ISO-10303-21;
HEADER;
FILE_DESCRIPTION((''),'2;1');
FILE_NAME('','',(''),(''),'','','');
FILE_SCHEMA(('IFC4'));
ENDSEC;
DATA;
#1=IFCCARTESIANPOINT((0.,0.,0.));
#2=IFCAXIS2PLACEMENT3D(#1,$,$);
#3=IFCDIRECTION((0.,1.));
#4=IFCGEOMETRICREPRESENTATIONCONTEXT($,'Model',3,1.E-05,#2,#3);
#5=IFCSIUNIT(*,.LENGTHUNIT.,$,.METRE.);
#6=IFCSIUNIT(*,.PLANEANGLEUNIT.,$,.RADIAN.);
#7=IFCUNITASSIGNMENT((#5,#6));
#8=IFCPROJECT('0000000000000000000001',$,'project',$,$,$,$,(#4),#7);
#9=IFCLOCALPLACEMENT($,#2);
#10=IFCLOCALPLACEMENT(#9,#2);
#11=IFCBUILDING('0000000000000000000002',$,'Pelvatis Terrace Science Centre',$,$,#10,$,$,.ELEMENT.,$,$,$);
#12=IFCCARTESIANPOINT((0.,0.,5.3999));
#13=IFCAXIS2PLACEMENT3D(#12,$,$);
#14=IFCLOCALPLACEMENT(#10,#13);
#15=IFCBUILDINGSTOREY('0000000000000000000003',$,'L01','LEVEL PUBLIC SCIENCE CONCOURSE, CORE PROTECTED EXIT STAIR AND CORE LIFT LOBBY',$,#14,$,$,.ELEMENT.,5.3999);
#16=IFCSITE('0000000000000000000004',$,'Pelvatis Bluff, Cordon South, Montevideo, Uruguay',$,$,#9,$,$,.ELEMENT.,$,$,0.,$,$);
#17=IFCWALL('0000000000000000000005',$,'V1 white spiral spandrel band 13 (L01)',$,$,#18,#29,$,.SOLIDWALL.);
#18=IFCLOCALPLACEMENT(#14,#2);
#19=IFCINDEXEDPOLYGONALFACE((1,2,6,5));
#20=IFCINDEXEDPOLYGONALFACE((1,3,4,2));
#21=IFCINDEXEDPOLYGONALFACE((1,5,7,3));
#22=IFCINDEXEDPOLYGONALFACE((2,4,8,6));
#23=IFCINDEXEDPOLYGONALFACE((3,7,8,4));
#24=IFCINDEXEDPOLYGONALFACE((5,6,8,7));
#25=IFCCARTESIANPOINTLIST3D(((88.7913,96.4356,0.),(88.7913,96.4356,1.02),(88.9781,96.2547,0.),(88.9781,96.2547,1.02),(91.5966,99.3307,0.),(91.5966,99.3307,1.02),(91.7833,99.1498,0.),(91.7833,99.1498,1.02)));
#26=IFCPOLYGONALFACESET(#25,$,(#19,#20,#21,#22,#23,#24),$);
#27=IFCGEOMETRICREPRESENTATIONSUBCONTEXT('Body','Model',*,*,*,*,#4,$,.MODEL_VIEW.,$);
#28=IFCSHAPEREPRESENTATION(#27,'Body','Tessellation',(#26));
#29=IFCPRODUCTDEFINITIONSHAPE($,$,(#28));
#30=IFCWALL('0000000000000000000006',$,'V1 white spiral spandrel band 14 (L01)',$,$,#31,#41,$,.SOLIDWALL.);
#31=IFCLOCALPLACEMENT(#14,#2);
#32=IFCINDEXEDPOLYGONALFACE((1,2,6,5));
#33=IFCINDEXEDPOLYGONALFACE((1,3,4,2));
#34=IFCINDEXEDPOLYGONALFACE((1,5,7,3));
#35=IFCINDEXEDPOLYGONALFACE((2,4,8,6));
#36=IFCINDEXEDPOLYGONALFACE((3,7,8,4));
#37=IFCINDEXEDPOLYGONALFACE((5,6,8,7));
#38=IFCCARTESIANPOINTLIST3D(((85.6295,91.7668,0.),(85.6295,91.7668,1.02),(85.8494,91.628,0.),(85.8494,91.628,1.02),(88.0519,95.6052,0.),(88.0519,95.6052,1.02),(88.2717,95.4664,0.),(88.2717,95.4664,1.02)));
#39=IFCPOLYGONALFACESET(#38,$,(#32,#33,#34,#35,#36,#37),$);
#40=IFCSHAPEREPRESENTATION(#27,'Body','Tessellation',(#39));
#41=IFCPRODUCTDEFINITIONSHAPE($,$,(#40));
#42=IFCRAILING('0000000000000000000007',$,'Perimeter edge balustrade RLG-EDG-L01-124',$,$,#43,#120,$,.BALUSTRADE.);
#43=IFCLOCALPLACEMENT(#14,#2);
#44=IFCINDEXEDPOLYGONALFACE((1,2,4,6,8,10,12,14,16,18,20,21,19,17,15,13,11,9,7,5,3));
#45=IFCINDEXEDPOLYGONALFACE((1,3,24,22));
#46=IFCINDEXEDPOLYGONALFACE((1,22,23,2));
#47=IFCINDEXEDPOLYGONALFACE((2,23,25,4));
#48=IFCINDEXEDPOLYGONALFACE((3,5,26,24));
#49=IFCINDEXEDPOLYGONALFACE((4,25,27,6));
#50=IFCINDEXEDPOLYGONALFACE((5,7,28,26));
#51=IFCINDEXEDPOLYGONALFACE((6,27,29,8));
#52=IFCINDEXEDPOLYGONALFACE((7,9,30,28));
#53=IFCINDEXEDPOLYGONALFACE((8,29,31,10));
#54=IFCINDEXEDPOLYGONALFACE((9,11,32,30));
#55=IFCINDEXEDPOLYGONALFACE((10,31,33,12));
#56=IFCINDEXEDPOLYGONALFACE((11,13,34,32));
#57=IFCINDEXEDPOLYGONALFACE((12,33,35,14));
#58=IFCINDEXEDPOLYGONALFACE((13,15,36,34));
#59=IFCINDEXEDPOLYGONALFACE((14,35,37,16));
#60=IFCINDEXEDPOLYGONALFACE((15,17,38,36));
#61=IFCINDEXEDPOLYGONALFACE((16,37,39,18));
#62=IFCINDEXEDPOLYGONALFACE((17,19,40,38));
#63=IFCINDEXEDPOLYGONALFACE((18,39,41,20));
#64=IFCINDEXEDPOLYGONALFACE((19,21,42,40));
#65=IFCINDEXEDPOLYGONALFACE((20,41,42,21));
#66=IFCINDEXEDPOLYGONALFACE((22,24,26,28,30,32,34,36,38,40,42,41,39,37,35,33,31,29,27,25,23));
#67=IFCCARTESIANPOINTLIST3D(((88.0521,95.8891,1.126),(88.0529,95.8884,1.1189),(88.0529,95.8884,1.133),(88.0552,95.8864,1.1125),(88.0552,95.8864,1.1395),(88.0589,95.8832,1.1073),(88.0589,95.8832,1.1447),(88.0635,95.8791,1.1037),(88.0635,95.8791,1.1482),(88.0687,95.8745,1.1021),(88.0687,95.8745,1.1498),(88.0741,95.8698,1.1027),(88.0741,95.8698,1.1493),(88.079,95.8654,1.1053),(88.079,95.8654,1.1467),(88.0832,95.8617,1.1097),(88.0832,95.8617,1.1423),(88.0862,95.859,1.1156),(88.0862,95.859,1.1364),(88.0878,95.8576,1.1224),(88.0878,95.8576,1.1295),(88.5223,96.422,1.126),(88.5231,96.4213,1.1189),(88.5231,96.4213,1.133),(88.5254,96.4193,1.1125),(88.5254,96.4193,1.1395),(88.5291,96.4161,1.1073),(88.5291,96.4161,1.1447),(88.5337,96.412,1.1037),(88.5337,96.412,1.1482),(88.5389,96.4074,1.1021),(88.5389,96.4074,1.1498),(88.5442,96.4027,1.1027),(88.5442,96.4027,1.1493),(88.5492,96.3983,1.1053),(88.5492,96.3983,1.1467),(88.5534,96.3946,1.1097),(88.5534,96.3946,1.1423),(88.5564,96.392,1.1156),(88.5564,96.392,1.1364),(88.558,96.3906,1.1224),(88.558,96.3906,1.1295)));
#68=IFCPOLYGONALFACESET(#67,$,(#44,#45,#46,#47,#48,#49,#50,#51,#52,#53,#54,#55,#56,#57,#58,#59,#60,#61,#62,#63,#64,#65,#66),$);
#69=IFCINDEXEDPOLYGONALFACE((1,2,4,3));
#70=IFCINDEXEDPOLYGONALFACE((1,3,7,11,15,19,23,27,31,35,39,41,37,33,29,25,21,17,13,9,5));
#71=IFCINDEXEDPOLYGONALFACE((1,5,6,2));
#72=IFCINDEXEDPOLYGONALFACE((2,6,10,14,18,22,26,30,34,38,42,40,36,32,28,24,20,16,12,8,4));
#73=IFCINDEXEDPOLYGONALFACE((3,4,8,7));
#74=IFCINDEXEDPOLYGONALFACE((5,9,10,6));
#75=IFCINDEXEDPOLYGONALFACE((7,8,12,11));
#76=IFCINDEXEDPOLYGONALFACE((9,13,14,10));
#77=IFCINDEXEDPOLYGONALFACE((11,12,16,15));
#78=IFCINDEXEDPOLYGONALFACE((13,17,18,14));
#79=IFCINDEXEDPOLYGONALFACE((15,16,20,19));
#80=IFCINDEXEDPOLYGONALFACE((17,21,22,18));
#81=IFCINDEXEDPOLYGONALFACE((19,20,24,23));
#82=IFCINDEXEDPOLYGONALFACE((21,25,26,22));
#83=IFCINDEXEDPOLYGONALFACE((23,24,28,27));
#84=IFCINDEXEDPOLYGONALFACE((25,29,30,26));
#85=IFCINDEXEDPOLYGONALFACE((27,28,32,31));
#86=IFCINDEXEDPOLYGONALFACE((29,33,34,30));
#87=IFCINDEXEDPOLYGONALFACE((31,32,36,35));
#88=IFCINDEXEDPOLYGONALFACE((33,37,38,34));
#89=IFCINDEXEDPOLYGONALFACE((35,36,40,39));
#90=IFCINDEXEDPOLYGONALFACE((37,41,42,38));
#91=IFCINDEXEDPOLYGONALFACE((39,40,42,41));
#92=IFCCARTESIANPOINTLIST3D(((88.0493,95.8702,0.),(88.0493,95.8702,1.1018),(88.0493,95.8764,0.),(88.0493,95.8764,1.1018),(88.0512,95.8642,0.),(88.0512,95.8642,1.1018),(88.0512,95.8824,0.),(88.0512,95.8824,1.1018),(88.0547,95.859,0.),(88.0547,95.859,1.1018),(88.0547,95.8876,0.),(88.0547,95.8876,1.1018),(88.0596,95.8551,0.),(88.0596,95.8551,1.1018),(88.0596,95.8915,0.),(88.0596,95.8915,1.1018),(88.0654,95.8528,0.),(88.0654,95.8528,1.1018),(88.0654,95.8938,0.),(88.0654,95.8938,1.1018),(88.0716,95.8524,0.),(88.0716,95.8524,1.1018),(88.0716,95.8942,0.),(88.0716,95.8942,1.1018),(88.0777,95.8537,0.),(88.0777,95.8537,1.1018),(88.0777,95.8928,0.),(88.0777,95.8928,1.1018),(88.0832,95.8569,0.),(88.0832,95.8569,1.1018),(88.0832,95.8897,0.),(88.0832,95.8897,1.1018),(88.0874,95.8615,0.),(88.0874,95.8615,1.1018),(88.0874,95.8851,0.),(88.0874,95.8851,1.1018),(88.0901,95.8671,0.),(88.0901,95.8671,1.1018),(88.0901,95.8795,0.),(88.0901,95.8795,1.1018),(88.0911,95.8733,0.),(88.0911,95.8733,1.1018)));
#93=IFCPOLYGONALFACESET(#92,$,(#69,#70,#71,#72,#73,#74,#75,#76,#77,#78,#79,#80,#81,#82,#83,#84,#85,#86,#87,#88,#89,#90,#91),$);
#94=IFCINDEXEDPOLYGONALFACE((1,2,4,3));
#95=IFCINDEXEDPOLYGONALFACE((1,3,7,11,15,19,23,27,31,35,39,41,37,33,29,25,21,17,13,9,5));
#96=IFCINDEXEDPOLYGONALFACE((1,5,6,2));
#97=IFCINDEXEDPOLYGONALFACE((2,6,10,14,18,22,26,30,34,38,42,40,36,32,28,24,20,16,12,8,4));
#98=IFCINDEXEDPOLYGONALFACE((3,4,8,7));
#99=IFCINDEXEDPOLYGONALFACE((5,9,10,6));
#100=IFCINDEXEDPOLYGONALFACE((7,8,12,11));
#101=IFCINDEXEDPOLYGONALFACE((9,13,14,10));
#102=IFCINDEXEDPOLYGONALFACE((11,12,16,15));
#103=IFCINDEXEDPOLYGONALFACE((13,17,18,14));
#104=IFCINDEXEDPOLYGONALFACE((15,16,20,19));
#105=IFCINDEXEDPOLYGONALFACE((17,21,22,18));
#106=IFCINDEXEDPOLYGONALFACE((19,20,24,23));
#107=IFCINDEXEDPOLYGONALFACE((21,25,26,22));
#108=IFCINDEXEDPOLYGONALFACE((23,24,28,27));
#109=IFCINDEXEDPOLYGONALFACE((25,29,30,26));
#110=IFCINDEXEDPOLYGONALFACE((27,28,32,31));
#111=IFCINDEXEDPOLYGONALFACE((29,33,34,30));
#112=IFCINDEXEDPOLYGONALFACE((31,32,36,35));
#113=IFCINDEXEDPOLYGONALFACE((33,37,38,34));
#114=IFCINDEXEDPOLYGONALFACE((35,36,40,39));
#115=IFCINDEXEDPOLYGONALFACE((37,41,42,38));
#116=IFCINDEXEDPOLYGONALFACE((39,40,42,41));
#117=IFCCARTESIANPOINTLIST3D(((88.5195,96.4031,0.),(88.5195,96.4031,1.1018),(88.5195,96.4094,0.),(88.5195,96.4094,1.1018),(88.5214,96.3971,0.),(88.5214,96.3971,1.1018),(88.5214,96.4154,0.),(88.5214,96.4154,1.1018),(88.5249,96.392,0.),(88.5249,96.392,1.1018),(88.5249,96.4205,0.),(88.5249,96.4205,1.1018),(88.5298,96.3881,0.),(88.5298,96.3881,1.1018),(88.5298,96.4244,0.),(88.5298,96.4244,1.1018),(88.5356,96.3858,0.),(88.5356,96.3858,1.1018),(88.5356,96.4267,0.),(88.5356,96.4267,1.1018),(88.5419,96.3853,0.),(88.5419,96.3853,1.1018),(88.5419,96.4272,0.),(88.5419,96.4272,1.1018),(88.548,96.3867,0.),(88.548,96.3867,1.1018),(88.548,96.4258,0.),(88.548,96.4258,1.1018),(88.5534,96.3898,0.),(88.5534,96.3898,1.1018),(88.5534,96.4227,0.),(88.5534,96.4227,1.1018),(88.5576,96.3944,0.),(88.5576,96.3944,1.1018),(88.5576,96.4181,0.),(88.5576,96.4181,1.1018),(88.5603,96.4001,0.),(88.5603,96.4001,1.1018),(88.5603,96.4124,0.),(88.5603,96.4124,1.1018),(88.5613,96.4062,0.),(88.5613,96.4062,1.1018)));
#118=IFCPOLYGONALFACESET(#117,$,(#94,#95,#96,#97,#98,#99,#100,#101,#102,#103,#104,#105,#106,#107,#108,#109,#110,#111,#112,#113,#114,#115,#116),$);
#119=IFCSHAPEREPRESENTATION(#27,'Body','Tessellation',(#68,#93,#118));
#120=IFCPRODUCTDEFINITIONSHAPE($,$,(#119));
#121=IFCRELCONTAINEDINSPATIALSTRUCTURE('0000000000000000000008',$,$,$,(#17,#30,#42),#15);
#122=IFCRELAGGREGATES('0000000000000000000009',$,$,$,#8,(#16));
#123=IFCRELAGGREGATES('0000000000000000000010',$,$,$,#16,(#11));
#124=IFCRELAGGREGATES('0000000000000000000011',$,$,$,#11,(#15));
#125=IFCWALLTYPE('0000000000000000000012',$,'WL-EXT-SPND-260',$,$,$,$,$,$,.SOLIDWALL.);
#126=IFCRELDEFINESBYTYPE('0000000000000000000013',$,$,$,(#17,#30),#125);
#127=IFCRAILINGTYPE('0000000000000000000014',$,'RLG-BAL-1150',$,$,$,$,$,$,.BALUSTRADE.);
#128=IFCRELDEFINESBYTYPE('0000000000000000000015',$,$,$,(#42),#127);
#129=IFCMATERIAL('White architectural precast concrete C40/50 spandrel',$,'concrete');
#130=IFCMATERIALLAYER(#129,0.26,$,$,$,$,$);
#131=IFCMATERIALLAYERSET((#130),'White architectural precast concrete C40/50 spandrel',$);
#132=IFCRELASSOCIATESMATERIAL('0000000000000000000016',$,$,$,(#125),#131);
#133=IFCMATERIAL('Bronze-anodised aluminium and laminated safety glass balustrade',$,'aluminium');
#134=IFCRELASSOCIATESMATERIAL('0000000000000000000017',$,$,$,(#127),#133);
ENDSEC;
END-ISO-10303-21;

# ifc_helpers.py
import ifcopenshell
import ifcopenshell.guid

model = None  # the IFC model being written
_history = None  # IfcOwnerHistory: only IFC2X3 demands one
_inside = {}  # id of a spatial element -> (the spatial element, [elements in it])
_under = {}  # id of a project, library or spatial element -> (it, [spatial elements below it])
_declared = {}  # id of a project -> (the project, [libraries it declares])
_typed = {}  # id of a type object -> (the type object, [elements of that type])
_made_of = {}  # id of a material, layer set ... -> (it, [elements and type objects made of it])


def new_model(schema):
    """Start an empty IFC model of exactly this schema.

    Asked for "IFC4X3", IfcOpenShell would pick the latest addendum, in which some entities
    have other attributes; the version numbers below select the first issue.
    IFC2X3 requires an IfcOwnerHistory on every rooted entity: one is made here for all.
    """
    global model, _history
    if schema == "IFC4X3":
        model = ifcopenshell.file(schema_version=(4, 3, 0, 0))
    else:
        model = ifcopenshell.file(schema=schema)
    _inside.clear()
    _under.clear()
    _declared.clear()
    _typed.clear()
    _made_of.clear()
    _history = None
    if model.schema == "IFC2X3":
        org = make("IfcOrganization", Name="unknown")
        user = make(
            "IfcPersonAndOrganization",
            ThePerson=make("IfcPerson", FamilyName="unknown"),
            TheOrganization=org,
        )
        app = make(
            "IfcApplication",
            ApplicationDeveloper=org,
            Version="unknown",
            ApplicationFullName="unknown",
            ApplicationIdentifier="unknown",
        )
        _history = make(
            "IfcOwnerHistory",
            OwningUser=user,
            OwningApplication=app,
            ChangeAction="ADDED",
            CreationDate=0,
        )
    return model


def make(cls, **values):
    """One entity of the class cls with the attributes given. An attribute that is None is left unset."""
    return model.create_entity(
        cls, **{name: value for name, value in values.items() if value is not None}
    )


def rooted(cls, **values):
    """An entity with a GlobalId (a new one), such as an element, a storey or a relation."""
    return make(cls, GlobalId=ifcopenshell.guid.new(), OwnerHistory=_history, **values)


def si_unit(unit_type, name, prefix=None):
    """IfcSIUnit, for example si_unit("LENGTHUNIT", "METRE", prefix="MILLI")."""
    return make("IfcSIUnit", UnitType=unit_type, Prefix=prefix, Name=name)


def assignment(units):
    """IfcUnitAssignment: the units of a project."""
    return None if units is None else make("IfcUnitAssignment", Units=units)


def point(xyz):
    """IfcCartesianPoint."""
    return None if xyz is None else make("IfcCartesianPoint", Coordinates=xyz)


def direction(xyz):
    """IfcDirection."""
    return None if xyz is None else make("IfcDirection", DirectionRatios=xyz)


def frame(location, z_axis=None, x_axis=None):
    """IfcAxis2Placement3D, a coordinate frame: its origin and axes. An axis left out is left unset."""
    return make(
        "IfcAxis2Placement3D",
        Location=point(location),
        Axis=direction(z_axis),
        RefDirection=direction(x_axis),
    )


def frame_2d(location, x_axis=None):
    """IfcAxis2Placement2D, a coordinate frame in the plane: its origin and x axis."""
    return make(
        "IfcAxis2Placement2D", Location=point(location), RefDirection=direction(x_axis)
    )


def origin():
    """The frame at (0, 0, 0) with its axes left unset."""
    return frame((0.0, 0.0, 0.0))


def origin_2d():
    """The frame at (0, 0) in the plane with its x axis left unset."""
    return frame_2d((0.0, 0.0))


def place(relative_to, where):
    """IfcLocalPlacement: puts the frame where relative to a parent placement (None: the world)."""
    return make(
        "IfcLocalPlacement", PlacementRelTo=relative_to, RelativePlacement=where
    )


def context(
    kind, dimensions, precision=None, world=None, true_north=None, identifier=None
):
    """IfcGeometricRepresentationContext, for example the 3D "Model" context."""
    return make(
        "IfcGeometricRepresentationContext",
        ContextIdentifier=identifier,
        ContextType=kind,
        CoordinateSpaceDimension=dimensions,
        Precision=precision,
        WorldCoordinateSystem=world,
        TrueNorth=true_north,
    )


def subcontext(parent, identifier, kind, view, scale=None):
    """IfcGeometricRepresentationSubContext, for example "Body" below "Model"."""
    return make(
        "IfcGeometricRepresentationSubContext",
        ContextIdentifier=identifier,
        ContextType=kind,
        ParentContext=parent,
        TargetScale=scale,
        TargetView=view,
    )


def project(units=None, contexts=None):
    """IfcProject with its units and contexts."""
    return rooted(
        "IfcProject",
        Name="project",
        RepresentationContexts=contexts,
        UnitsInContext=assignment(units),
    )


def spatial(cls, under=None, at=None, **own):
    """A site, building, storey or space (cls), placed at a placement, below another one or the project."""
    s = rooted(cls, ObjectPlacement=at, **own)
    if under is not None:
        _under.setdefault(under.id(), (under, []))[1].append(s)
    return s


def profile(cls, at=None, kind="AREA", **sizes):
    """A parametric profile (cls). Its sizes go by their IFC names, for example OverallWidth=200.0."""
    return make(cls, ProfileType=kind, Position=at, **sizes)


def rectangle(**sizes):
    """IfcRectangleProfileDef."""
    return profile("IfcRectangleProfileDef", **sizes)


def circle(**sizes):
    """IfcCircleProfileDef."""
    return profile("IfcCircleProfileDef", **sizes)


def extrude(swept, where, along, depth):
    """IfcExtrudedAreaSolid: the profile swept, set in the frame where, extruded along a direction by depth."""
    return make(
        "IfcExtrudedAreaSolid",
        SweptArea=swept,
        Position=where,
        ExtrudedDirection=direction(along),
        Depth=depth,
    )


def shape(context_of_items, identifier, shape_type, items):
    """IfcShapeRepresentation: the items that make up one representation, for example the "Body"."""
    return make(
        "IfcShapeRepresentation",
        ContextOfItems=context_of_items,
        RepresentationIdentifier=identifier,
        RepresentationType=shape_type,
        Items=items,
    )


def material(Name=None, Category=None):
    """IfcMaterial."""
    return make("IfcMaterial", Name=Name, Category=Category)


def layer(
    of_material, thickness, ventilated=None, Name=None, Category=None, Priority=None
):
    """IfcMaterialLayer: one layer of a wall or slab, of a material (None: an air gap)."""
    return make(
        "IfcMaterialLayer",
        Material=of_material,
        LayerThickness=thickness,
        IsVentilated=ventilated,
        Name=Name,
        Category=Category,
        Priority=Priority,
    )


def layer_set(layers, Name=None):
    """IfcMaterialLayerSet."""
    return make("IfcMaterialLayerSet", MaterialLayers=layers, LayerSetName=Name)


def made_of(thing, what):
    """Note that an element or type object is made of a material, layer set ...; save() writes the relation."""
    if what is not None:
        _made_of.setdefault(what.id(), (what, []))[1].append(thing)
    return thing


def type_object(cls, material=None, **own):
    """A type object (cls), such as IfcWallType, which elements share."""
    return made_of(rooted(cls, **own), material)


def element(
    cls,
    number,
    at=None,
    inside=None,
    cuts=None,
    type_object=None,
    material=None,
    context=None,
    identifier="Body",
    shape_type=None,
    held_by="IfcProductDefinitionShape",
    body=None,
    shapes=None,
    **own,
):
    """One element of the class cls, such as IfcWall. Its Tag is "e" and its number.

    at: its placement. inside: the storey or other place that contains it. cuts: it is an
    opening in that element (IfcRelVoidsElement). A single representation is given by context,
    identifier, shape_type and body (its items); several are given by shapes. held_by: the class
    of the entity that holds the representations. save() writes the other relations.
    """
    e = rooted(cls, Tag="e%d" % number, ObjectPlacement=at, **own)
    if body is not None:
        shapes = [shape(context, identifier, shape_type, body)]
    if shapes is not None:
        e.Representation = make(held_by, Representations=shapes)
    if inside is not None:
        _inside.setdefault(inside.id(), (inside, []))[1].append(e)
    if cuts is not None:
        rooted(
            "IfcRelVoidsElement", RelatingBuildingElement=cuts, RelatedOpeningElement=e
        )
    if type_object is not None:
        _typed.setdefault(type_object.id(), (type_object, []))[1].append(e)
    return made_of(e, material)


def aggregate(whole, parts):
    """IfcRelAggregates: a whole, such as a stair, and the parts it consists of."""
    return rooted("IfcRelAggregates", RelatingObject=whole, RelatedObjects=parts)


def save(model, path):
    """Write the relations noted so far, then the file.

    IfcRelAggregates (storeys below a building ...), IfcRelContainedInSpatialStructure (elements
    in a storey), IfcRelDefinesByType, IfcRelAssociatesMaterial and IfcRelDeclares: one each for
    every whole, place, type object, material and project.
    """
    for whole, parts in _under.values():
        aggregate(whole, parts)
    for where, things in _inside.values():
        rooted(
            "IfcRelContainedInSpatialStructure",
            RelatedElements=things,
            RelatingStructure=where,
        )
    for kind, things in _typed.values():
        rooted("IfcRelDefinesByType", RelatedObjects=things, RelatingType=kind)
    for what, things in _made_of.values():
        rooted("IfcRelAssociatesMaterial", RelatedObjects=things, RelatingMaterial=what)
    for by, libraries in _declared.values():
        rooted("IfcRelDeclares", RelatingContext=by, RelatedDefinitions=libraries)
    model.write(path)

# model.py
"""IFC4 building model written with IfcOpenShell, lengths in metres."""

from ifc_helpers import new_model, si_unit, direction, frame, frame_2d, origin, origin_2d, place, context, subcontext, project, spatial, rectangle, circle, extrude, material, layer, layer_set, type_object, element, save


model = new_model("IFC4")

# Units and contexts
model_context = context("Model", 3, precision=1e-05, world=origin(), true_north=direction((0.0, 1.0)))
body_context = subcontext(model_context, "Body", "Model", "MODEL_VIEW")
ifc_project = project(units=[si_unit("LENGTHUNIT", "METRE"), si_unit("PLANEANGLEUNIT", "RADIAN")], contexts=[model_context])

# Site, building, storey
site_placement = place(None, origin())
site = spatial("IfcSite", under=ifc_project, at=site_placement, Name="Pelvatis Bluff, Cordon South, Montevideo, Uruguay", CompositionType="ELEMENT", RefElevation=0.0)
building_placement = place(site_placement, origin())
building = spatial("IfcBuilding", under=site, at=building_placement, Name="Pelvatis Terrace Science Centre", CompositionType="ELEMENT")
storey_placement = place(building_placement, frame((0.0, 0.0, 5.3999)))
storey = spatial("IfcBuildingStorey", under=building, at=storey_placement, Name="L01", Description="LEVEL PUBLIC SCIENCE CONCOURSE, CORE PROTECTED EXIT STAIR AND CORE LIFT LOBBY", CompositionType="ELEMENT", Elevation=5.3999)

# Walls
ifc_material_1 = material(Name="White architectural precast concrete C40/50 spandrel", Category="concrete")
ifc_layer_1 = layer(ifc_material_1, 0.26)
ifc_layer_set_1 = layer_set([ifc_layer_1], Name="White architectural precast concrete C40/50 spandrel")
wall_type = type_object("IfcWallType", Name="WL-EXT-SPND-260", PredefinedType="SOLIDWALL", material=ifc_layer_set_1)
wall_1_placement = place(storey_placement, frame((91.6899, 99.2402, 0.0), z_axis=(0.0, 0.0, 1.0), x_axis=(-0.695875, -0.718163, 0.0)))
element("IfcWall", 1, at=wall_1_placement, inside=storey, type_object=wall_type, Name="V1 white spiral spandrel band 13 (L01)", PredefinedType="SOLIDWALL", context=body_context, shape_type="SweptSolid", body=[
    extrude(rectangle(XDim=4.0312, YDim=0.26, at=frame_2d((2.0156, 0.0))), origin(), (0.0, 0.0, 1.0), 1.02),
])
wall_2_placement = place(storey_placement, frame((88.1619, 95.5359, 0.0), z_axis=(0.0, 0.0, 1.0), x_axis=(-0.533697, -0.845675, 0.0)))
element("IfcWall", 2, at=wall_2_placement, inside=storey, type_object=wall_type, Name="V1 white spiral spandrel band 14 (L01)", PredefinedType="SOLIDWALL", context=body_context, shape_type="SweptSolid", body=[
    extrude(rectangle(XDim=4.5388, YDim=0.26, at=frame_2d((2.2695, 0.0))), origin(), (0.0, 0.0, 1.0), 1.02),
])

# Railing
ifc_material_2 = material(Name="Bronze-anodised aluminium and laminated safety glass balustrade", Category="aluminium")
railing_type = type_object("IfcRailingType", Name="RLG-BAL-1150", PredefinedType="BALUSTRADE", material=ifc_material_2)
railing_1_placement = place(storey_placement, frame((88.0701, 95.8733, 0.0)))
element("IfcRailing", 3, at=railing_1_placement, inside=storey, type_object=railing_type, Name="Perimeter edge balustrade RLG-EDG-L01-124", PredefinedType="BALUSTRADE", context=body_context, shape_type="SweptSolid", body=[
    extrude(circle(Radius=0.0239, at=origin_2d()), frame((0.0, 0.0, 1.126), z_axis=(0.661588, 0.749868, 0.0), x_axis=(-0.749868, 0.661588, 0.0)), (0.0, 0.0, 1.0), 0.7107),
    extrude(circle(Radius=0.021, at=origin_2d()), origin(), (0.0, 0.0, 1.0), 1.1018),
    extrude(circle(Radius=0.021, at=origin_2d()), frame((0.4702, 0.533, 0.0)), (0.0, 0.0, 1.0), 1.1018),
])

save(model, "model.ifc")
